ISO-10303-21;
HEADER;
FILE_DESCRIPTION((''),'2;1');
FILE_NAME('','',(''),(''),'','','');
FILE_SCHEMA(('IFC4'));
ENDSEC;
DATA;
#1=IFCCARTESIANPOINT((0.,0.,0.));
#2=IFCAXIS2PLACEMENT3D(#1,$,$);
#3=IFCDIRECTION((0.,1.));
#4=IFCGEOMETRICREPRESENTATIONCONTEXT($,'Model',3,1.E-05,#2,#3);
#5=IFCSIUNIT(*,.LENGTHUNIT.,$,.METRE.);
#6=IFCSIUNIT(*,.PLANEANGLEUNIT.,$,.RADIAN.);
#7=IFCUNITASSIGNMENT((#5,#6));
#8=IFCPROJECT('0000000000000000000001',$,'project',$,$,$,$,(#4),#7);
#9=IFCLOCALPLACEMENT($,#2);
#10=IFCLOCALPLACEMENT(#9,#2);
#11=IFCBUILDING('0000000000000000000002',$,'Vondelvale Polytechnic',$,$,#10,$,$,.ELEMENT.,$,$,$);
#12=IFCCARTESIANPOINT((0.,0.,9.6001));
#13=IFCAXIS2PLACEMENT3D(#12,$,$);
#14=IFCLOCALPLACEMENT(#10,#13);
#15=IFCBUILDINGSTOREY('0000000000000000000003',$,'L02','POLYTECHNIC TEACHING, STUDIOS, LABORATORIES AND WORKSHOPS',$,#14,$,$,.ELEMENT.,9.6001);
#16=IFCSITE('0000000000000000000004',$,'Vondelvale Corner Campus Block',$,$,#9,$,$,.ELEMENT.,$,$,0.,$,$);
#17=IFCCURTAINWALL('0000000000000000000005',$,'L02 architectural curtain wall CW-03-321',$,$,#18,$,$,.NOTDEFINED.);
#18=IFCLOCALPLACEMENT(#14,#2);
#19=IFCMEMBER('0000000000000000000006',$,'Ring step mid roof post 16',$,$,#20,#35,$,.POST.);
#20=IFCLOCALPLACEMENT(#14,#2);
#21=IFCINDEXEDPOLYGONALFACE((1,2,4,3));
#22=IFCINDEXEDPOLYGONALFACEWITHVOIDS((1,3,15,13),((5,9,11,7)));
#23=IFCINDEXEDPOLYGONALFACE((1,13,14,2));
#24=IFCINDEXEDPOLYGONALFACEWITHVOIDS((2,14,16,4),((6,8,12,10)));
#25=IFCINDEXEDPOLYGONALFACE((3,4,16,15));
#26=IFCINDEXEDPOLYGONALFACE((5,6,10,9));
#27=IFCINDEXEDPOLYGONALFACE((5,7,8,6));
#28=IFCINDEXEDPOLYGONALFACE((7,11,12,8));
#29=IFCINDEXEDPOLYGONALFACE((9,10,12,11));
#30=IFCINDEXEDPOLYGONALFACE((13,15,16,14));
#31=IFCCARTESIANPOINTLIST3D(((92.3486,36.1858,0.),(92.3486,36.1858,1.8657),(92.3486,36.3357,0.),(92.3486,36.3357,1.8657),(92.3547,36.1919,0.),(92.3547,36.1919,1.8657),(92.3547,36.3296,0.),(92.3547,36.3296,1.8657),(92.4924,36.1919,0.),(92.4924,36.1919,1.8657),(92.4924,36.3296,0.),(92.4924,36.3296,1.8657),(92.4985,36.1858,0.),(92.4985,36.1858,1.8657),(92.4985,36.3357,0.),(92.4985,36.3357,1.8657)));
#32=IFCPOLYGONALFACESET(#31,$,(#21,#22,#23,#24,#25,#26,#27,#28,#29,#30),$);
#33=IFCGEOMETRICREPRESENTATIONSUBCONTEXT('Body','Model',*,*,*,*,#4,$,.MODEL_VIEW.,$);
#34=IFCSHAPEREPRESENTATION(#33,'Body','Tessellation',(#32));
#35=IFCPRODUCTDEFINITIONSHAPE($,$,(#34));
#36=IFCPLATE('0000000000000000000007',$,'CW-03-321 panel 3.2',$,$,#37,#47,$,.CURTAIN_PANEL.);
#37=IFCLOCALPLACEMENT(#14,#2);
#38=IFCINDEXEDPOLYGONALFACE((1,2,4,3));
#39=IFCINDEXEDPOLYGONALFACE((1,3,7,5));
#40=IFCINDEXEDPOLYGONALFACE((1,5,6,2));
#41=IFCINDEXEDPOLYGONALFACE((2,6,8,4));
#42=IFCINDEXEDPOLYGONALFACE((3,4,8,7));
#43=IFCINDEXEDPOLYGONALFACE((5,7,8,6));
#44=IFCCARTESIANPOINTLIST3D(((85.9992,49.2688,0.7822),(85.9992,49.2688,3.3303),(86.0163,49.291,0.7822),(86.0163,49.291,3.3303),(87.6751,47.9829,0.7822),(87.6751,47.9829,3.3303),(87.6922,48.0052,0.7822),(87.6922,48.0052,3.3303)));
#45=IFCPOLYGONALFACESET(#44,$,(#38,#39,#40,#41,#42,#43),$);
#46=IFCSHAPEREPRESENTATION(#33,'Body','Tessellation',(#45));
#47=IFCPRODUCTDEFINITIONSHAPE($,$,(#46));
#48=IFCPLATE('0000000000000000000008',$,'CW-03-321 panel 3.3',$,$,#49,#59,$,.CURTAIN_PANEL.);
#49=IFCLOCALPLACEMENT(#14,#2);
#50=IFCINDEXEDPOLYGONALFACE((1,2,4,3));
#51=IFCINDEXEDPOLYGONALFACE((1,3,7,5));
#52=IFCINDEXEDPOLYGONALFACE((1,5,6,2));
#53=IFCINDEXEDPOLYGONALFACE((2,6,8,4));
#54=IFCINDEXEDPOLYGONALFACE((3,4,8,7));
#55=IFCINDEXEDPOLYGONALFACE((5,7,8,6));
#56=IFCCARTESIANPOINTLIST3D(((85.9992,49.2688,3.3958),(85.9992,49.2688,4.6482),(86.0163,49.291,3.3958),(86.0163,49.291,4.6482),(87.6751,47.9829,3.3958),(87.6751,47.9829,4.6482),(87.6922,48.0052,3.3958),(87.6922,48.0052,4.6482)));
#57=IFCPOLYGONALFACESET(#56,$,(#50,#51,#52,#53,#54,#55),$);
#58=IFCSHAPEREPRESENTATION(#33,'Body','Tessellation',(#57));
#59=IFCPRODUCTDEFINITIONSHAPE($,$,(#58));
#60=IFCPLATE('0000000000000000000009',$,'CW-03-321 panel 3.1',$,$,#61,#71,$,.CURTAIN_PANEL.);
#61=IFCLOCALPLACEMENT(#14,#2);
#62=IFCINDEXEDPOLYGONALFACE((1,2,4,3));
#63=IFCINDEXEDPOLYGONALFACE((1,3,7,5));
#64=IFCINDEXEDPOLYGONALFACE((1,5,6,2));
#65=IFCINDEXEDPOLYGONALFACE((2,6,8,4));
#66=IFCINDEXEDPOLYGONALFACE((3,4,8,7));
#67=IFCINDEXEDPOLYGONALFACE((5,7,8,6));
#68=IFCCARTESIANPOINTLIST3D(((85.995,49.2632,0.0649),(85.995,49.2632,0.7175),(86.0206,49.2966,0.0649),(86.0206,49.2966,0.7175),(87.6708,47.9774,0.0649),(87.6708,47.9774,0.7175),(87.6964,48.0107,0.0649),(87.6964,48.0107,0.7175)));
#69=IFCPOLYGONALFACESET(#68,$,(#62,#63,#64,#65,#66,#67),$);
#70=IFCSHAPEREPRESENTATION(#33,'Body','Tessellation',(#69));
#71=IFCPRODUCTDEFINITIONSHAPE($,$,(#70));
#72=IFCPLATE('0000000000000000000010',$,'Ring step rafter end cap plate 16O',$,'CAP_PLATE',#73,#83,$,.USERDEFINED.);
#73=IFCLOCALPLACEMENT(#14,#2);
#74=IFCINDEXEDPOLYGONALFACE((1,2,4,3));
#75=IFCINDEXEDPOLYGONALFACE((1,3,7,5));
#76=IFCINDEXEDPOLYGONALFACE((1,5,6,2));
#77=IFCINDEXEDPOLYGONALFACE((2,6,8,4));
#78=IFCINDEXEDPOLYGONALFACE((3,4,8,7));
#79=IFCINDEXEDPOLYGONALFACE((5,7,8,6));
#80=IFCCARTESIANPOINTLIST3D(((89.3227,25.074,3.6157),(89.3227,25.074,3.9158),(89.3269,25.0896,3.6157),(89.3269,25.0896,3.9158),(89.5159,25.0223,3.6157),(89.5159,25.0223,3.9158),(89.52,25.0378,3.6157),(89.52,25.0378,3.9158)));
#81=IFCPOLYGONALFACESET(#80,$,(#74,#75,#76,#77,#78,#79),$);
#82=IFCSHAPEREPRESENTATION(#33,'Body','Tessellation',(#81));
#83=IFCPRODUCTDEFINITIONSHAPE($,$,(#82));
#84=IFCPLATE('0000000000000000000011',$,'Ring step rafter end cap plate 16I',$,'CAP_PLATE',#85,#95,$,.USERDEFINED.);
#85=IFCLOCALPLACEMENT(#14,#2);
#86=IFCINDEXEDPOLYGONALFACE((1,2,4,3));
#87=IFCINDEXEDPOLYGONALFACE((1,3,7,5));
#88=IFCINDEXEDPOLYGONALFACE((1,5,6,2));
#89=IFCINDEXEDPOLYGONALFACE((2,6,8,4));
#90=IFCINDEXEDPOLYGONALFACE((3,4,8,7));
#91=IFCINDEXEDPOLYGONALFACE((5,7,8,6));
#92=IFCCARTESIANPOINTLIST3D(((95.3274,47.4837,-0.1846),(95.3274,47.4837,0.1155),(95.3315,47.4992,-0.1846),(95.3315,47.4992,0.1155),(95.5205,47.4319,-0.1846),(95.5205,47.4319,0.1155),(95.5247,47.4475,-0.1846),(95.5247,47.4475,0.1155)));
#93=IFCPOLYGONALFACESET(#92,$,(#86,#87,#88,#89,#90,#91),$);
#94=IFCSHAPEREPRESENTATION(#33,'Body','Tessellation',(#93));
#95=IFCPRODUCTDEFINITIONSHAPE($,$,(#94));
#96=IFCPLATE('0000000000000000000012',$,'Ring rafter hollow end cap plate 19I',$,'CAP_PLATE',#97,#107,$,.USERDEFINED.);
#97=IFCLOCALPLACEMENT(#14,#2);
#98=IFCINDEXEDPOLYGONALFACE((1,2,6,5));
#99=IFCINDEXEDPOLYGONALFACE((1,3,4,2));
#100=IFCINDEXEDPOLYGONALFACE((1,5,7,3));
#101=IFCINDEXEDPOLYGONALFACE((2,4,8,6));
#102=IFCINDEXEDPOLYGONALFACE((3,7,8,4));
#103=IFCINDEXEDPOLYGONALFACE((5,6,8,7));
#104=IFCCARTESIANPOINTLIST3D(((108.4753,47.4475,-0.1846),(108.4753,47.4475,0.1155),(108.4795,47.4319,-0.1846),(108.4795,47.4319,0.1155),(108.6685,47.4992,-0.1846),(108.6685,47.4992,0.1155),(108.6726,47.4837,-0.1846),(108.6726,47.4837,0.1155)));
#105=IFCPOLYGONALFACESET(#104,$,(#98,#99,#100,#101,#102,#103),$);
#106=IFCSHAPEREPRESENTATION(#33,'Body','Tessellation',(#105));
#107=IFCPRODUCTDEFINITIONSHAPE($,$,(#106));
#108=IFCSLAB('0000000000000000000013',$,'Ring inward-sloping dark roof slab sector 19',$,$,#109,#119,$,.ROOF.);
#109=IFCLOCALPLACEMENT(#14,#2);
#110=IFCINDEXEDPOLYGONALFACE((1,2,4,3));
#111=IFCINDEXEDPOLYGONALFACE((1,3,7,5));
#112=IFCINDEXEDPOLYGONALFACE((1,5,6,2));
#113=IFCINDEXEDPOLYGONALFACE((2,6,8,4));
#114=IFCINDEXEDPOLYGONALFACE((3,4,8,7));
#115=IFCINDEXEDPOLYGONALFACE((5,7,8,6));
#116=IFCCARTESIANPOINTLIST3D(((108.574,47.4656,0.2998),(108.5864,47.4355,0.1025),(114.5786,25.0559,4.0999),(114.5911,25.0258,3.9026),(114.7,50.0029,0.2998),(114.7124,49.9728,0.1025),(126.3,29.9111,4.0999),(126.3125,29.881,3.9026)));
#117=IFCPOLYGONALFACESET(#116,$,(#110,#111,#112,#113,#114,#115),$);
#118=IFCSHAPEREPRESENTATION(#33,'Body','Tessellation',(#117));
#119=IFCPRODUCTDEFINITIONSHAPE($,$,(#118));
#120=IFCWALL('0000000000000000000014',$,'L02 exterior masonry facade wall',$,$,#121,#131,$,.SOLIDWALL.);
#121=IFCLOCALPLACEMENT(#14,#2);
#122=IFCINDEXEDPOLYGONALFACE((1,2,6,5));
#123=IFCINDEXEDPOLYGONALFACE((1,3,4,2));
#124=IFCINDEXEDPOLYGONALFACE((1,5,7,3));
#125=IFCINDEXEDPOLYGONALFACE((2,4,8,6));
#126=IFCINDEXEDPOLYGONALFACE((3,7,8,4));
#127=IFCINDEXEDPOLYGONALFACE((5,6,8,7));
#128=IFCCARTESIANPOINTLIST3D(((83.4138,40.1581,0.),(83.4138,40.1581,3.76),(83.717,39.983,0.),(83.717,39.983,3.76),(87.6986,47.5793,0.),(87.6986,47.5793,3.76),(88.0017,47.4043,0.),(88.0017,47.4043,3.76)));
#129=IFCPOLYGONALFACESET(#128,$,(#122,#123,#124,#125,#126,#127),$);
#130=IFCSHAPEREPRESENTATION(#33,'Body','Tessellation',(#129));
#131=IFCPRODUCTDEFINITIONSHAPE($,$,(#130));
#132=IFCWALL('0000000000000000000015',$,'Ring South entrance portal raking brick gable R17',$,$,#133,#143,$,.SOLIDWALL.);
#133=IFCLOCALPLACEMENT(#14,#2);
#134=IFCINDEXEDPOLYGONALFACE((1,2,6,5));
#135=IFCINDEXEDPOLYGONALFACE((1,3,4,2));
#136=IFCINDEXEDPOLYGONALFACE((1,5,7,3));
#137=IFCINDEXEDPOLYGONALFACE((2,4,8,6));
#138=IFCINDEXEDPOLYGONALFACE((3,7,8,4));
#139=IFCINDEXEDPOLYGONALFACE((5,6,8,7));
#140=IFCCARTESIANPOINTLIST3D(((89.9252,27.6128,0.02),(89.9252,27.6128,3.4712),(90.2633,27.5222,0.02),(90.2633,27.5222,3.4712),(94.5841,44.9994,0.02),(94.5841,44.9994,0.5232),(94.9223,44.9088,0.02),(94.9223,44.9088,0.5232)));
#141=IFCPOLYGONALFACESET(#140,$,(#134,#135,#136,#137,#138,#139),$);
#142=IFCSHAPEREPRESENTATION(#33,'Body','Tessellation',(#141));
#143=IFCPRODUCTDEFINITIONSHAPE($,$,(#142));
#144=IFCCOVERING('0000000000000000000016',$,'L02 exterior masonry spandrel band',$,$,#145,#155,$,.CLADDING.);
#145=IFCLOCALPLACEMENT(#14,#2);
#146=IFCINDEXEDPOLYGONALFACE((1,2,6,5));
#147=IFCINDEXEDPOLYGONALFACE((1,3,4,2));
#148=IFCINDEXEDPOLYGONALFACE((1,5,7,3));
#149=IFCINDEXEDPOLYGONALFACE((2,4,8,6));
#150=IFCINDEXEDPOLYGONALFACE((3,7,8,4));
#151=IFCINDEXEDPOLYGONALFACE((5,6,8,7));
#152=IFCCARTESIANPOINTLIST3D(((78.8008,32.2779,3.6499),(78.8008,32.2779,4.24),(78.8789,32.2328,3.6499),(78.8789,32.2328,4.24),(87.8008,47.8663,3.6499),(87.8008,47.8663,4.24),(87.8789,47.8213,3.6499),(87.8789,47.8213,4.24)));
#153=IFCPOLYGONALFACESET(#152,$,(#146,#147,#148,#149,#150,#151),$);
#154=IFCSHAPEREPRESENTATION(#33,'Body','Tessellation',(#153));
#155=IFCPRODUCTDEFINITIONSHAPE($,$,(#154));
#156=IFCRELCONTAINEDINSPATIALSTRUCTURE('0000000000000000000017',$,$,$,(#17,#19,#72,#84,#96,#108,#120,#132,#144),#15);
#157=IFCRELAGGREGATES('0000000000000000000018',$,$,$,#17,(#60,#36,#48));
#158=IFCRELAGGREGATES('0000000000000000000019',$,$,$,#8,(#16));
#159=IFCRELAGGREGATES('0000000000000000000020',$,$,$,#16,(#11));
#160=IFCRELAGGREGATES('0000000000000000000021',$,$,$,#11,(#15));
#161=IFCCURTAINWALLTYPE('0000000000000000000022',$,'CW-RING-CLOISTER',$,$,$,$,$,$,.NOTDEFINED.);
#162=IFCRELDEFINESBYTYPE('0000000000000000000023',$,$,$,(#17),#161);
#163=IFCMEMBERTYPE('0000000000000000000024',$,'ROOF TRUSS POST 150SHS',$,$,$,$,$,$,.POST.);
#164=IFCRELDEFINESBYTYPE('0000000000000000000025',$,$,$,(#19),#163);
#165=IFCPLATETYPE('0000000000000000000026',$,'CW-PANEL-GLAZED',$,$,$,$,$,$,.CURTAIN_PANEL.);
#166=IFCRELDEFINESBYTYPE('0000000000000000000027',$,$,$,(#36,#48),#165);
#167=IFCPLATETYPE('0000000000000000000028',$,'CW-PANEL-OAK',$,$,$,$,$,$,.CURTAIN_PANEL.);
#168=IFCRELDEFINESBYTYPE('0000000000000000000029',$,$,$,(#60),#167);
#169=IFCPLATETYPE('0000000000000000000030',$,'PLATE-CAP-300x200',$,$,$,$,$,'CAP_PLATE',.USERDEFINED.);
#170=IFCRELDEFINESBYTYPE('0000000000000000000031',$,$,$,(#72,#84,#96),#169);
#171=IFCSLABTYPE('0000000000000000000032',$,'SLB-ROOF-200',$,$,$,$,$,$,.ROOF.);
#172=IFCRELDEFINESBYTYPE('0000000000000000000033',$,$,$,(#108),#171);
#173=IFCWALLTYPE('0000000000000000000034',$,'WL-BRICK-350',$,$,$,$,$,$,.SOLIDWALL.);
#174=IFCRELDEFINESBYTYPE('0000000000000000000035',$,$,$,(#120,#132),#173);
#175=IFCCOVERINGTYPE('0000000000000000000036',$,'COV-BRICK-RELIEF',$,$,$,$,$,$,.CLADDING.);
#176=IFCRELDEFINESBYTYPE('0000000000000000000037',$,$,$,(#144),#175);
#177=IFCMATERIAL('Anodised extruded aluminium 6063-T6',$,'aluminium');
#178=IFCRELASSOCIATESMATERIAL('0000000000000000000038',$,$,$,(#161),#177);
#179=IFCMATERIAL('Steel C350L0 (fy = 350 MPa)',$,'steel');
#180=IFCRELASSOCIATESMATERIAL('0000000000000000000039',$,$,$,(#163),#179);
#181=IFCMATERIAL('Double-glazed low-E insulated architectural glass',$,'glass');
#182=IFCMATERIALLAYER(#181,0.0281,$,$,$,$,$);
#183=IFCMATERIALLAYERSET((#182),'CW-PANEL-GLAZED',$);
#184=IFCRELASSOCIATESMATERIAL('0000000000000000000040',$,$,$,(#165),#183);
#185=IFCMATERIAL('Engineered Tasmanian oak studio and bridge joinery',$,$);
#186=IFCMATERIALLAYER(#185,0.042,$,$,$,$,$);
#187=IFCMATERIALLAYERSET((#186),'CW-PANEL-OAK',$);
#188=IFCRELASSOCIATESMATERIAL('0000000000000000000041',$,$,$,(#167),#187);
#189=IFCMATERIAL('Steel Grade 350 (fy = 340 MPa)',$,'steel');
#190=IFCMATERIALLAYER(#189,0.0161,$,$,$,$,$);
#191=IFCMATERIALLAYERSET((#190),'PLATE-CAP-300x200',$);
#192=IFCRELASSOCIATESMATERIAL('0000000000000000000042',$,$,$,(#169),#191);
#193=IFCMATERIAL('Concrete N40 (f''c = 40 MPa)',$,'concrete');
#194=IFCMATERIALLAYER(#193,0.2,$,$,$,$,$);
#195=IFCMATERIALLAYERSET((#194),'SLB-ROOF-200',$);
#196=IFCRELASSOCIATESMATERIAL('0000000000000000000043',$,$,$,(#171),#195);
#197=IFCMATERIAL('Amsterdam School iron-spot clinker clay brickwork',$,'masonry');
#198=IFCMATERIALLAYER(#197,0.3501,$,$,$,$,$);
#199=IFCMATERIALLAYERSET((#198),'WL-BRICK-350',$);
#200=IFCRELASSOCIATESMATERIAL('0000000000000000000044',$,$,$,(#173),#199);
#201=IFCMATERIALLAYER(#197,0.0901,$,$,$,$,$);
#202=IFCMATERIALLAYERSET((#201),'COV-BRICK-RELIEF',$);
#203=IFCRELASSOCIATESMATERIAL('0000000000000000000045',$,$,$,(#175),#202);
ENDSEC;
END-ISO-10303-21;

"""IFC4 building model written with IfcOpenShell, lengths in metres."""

from ifc_helpers import new_model, si_unit, direction, frame, frame_2d, origin, origin_2d, place, context, subcontext, project, spatial, polyline, rectangle, hollow_rectangle, outline, extrude, material, layer, layer_set, material_profile, profile_set, type_object, element, aggregate, save


model = new_model("IFC4")

# Units and contexts
model_context = context("Model", 3, precision=1e-05, world=origin(), true_north=direction((0.0, 1.0)))
body_context = subcontext(model_context, "Body", "Model", "MODEL_VIEW")
ifc_project = project(units=[si_unit("LENGTHUNIT", "METRE"), si_unit("PLANEANGLEUNIT", "RADIAN")], contexts=[model_context])

# Site, building, storey
site_placement = place(None, origin())
site = spatial("IfcSite", under=ifc_project, at=site_placement, Name="Vondelvale Corner Campus Block", CompositionType="ELEMENT", RefElevation=0.0)
building_placement = place(site_placement, origin())
building = spatial("IfcBuilding", under=site, at=building_placement, Name="Vondelvale Polytechnic", CompositionType="ELEMENT")
storey_placement = place(building_placement, frame((0.0, 0.0, 9.6001)))
storey = spatial("IfcBuildingStorey", under=building, at=storey_placement, Name="L02", Description="POLYTECHNIC TEACHING, STUDIOS, LABORATORIES AND WORKSHOPS", CompositionType="ELEMENT", Elevation=9.6001)

# Curtain wall
ifc_material_1 = material(Name="Anodised extruded aluminium 6063-T6", Category="aluminium")
curtain_wall_type = type_object("IfcCurtainWallType", Name="CW-RING-CLOISTER", PredefinedType="NOTDEFINED", material=ifc_material_1)
curtain_wall_placement = place(storey_placement, origin())
curtain_wall = element("IfcCurtainWall", 1, at=curtain_wall_placement, inside=storey, type_object=curtain_wall_type, Name="L02 architectural curtain wall CW-03-321", PredefinedType="NOTDEFINED")

# Member
ifc_material_2 = material(Name="Steel C350L0 (fy = 350 MPa)", Category="steel")
ifc_material_profile_1 = material_profile(ifc_material_2, hollow_rectangle(XDim=0.1499, YDim=0.1499, WallThickness=0.0061, at=origin_2d()), Name="150x150x6.0SHS")
ifc_profile_set_1 = profile_set([ifc_material_profile_1], Name="Steel C350L0 (fy = 350 MPa)")
member_type_1 = type_object("IfcMemberType", Name="ROOF TRUSS POST 150SHS", PredefinedType="POST", material=ifc_profile_set_1)
member_1_placement = place(storey_placement, frame((92.4236, 36.2607, 0.0), z_axis=(0.0, 0.0, 1.0), x_axis=(1.0, 0.0, 0.0)))
element("IfcMember", 2, at=member_1_placement, inside=storey, type_object=member_type_1, Name="Ring step mid roof post 16", PredefinedType="POST", context=body_context, shape_type="SweptSolid", body=[
    extrude(hollow_rectangle(XDim=0.1499, YDim=0.1499, WallThickness=0.0061, at=origin_2d()), origin(), (0.0, 0.0, 1.0), 1.8657),
])

# Plates
ifc_material_3 = material(Name="Double-glazed low-E insulated architectural glass", Category="glass")
ifc_layer_1 = layer(ifc_material_3, 0.0281)
ifc_layer_set_1 = layer_set([ifc_layer_1], Name="CW-PANEL-GLAZED")
plate_type_1 = type_object("IfcPlateType", Name="CW-PANEL-GLAZED", PredefinedType="CURTAIN_PANEL", material=ifc_layer_set_1)
plate_1_placement = place(storey_placement, frame((86.8457, 48.637, 0.7822), z_axis=(0.0, 0.0, 1.0), x_axis=(0.793364, -0.608748, 0.0)))
plate_1 = element("IfcPlate", 3, at=plate_1_placement, type_object=plate_type_1, Name="CW-03-321 panel 3.2", PredefinedType="CURTAIN_PANEL", context=body_context, shape_type="SweptSolid", body=[
    extrude(rectangle(XDim=2.1123, YDim=0.0281, at=origin_2d()), origin(), (0.0, 0.0, 1.0), 2.5481),
])
plate_2_placement = place(storey_placement, frame((86.8457, 48.637, 3.3958), z_axis=(0.0, 0.0, 1.0), x_axis=(0.793364, -0.608748, 0.0)))
plate_2 = element("IfcPlate", 4, at=plate_2_placement, type_object=plate_type_1, Name="CW-03-321 panel 3.3", PredefinedType="CURTAIN_PANEL", context=body_context, shape_type="SweptSolid", body=[
    extrude(rectangle(XDim=2.1123, YDim=0.0281, at=origin_2d()), origin(), (0.0, 0.0, 1.0), 1.2524),
])
ifc_material_4 = material(Name="Engineered Tasmanian oak studio and bridge joinery")
ifc_layer_2 = layer(ifc_material_4, 0.042)
ifc_layer_set_2 = layer_set([ifc_layer_2], Name="CW-PANEL-OAK")
plate_type_2 = type_object("IfcPlateType", Name="CW-PANEL-OAK", PredefinedType="CURTAIN_PANEL", material=ifc_layer_set_2)
plate_3_placement = place(storey_placement, frame((86.8457, 48.637, 0.0649), z_axis=(0.0, 0.0, 1.0), x_axis=(0.793364, -0.608748, 0.0)))
plate_3 = element("IfcPlate", 5, at=plate_3_placement, type_object=plate_type_2, Name="CW-03-321 panel 3.1", PredefinedType="CURTAIN_PANEL", context=body_context, shape_type="SweptSolid", body=[
    extrude(rectangle(XDim=2.1123, YDim=0.042, at=origin_2d()), origin(), (0.0, 0.0, 1.0), 0.6526),
])
aggregate(curtain_wall, [plate_3, plate_1, plate_2])

# Plates
ifc_material_5 = material(Name="Steel Grade 350 (fy = 340 MPa)", Category="steel")
ifc_layer_3 = layer(ifc_material_5, 0.0161)
ifc_layer_set_3 = layer_set([ifc_layer_3], Name="PLATE-CAP-300x200")
plate_type_3 = type_object("IfcPlateType", Name="PLATE-CAP-300x200", ElementType="CAP_PLATE", PredefinedType="USERDEFINED", material=ifc_layer_set_3)
for number, where, z_axis, x_axis, name in (
    (6, (89.4214, 25.0559, 3.6157), (0.0, 0.0, 1.0), (0.258819, 0.965926, 0.0), "Ring step rafter end cap plate 16O"),
    (7, (95.426, 47.4656, -0.1846), (0.0, 0.0, 1.0), (0.258819, 0.965926, 0.0), "Ring step rafter end cap plate 16I"),
    (8, (108.574, 47.4656, -0.1846), (0.0, 0.0, 1.0), (-0.258819, 0.965926, 0.0), "Ring rafter hollow end cap plate 19I"),
):
    element("IfcPlate", number, at=place(storey_placement, frame(where, z_axis=z_axis, x_axis=x_axis)), inside=storey, type_object=plate_type_3, Name=name, ObjectType="CAP_PLATE", PredefinedType="USERDEFINED", context=body_context, shape_type="SweptSolid", body=[
        extrude(rectangle(XDim=0.0161, YDim=0.2, at=origin_2d()), origin(), (0.0, 0.0, 1.0), 0.3),
    ])

# Slab
ifc_material_6 = material(Name="Concrete N40 (f'c = 40 MPa)", Category="concrete")
ifc_layer_4 = layer(ifc_material_6, 0.2)
ifc_layer_set_4 = layer_set([ifc_layer_4], Name="SLB-ROOF-200")
slab_type = type_object("IfcSlabType", Name="SLB-ROOF-200", PredefinedType="ROOF", material=ifc_layer_set_4)
slab_placement = place(storey_placement, frame((108.574, 47.4656, 0.2998), z_axis=(-0.062376, 0.150591, 0.986626), x_axis=(0.255415, -0.953224, 0.16164)))
element("IfcSlab", 9, at=slab_placement, inside=storey, type_object=slab_type, Name="Ring inward-sloping dark roof slab sector 19", PredefinedType="ROOF", context=body_context, shape_type="SweptSolid", body=[
    extrude(outline(polyline([(0.0, 0.0), (23.5093, 0.0), (21.8751, 12.5815), (-0.854, 6.5754), (0.0, 0.0)])), origin(), (0.0, 0.0, -1.0), 0.2),
])

# Walls
ifc_material_7 = material(Name="Amsterdam School iron-spot clinker clay brickwork", Category="masonry")
ifc_layer_5 = layer(ifc_material_7, 0.3501)
ifc_layer_set_5 = layer_set([ifc_layer_5], Name="WL-BRICK-350")
wall_type = type_object("IfcWallType", Name="WL-BRICK-350", PredefinedType="SOLIDWALL", material=ifc_layer_set_5)
wall_1_placement = place(storey_placement, frame((83.5654, 40.0706, 0.0), z_axis=(0.0, 0.0, 1.0), x_axis=(0.500006, 0.866022, 0.0)))
element("IfcWall", 10, at=wall_1_placement, inside=storey, type_object=wall_type, Name="L02 exterior masonry facade wall", PredefinedType="SOLIDWALL", context=body_context, shape_type="SweptSolid", body=[
    extrude(rectangle(XDim=8.5693, YDim=0.3501, at=frame_2d((4.2847, 0.0))), origin(), (0.0, 0.0, 1.0), 3.76),
])
wall_2_placement = place(storey_placement, frame((94.7532, 44.9541, 0.02), z_axis=(0.0, 0.0, 1.0), x_axis=(-0.258828, -0.965923, 0.0)))
element("IfcWall", 11, at=wall_2_placement, inside=storey, type_object=wall_type, Name="Ring South entrance portal raking brick gable R17", PredefinedType="SOLIDWALL", context=body_context, shape_type="SweptSolid", body=[
    extrude(outline(polyline([(0.0, 0.0), (18.0, 0.0), (18.0, 3.4512), (0.0, 0.5032), (0.0, 0.0)])), frame((0.0, 0.175, 0.0), z_axis=(0.0, -1.0, 0.0), x_axis=(1.0, 0.0, 0.0)), (0.0, 0.0, 1.0), 0.3501),
])

# Covering
ifc_layer_6 = layer(ifc_material_7, 0.0901)
ifc_layer_set_6 = layer_set([ifc_layer_6], Name="COV-BRICK-RELIEF")
covering_type = type_object("IfcCoveringType", Name="COV-BRICK-RELIEF", PredefinedType="CLADDING", material=ifc_layer_set_6)
covering_placement = place(storey_placement, frame((83.3398, 40.0496, 3.6499), z_axis=(0.0, 0.0, 1.0), x_axis=(-0.5, -0.866025, 0.0)))
element("IfcCovering", 12, at=covering_placement, inside=storey, type_object=covering_type, Name="L02 exterior masonry spandrel band", PredefinedType="CLADDING", context=body_context, shape_type="SweptSolid", body=[
    extrude(rectangle(XDim=18.0, YDim=0.0901, at=origin_2d()), origin(), (0.0, 0.0, 1.0), 0.5901),
])

save(model, "model.ifc")
